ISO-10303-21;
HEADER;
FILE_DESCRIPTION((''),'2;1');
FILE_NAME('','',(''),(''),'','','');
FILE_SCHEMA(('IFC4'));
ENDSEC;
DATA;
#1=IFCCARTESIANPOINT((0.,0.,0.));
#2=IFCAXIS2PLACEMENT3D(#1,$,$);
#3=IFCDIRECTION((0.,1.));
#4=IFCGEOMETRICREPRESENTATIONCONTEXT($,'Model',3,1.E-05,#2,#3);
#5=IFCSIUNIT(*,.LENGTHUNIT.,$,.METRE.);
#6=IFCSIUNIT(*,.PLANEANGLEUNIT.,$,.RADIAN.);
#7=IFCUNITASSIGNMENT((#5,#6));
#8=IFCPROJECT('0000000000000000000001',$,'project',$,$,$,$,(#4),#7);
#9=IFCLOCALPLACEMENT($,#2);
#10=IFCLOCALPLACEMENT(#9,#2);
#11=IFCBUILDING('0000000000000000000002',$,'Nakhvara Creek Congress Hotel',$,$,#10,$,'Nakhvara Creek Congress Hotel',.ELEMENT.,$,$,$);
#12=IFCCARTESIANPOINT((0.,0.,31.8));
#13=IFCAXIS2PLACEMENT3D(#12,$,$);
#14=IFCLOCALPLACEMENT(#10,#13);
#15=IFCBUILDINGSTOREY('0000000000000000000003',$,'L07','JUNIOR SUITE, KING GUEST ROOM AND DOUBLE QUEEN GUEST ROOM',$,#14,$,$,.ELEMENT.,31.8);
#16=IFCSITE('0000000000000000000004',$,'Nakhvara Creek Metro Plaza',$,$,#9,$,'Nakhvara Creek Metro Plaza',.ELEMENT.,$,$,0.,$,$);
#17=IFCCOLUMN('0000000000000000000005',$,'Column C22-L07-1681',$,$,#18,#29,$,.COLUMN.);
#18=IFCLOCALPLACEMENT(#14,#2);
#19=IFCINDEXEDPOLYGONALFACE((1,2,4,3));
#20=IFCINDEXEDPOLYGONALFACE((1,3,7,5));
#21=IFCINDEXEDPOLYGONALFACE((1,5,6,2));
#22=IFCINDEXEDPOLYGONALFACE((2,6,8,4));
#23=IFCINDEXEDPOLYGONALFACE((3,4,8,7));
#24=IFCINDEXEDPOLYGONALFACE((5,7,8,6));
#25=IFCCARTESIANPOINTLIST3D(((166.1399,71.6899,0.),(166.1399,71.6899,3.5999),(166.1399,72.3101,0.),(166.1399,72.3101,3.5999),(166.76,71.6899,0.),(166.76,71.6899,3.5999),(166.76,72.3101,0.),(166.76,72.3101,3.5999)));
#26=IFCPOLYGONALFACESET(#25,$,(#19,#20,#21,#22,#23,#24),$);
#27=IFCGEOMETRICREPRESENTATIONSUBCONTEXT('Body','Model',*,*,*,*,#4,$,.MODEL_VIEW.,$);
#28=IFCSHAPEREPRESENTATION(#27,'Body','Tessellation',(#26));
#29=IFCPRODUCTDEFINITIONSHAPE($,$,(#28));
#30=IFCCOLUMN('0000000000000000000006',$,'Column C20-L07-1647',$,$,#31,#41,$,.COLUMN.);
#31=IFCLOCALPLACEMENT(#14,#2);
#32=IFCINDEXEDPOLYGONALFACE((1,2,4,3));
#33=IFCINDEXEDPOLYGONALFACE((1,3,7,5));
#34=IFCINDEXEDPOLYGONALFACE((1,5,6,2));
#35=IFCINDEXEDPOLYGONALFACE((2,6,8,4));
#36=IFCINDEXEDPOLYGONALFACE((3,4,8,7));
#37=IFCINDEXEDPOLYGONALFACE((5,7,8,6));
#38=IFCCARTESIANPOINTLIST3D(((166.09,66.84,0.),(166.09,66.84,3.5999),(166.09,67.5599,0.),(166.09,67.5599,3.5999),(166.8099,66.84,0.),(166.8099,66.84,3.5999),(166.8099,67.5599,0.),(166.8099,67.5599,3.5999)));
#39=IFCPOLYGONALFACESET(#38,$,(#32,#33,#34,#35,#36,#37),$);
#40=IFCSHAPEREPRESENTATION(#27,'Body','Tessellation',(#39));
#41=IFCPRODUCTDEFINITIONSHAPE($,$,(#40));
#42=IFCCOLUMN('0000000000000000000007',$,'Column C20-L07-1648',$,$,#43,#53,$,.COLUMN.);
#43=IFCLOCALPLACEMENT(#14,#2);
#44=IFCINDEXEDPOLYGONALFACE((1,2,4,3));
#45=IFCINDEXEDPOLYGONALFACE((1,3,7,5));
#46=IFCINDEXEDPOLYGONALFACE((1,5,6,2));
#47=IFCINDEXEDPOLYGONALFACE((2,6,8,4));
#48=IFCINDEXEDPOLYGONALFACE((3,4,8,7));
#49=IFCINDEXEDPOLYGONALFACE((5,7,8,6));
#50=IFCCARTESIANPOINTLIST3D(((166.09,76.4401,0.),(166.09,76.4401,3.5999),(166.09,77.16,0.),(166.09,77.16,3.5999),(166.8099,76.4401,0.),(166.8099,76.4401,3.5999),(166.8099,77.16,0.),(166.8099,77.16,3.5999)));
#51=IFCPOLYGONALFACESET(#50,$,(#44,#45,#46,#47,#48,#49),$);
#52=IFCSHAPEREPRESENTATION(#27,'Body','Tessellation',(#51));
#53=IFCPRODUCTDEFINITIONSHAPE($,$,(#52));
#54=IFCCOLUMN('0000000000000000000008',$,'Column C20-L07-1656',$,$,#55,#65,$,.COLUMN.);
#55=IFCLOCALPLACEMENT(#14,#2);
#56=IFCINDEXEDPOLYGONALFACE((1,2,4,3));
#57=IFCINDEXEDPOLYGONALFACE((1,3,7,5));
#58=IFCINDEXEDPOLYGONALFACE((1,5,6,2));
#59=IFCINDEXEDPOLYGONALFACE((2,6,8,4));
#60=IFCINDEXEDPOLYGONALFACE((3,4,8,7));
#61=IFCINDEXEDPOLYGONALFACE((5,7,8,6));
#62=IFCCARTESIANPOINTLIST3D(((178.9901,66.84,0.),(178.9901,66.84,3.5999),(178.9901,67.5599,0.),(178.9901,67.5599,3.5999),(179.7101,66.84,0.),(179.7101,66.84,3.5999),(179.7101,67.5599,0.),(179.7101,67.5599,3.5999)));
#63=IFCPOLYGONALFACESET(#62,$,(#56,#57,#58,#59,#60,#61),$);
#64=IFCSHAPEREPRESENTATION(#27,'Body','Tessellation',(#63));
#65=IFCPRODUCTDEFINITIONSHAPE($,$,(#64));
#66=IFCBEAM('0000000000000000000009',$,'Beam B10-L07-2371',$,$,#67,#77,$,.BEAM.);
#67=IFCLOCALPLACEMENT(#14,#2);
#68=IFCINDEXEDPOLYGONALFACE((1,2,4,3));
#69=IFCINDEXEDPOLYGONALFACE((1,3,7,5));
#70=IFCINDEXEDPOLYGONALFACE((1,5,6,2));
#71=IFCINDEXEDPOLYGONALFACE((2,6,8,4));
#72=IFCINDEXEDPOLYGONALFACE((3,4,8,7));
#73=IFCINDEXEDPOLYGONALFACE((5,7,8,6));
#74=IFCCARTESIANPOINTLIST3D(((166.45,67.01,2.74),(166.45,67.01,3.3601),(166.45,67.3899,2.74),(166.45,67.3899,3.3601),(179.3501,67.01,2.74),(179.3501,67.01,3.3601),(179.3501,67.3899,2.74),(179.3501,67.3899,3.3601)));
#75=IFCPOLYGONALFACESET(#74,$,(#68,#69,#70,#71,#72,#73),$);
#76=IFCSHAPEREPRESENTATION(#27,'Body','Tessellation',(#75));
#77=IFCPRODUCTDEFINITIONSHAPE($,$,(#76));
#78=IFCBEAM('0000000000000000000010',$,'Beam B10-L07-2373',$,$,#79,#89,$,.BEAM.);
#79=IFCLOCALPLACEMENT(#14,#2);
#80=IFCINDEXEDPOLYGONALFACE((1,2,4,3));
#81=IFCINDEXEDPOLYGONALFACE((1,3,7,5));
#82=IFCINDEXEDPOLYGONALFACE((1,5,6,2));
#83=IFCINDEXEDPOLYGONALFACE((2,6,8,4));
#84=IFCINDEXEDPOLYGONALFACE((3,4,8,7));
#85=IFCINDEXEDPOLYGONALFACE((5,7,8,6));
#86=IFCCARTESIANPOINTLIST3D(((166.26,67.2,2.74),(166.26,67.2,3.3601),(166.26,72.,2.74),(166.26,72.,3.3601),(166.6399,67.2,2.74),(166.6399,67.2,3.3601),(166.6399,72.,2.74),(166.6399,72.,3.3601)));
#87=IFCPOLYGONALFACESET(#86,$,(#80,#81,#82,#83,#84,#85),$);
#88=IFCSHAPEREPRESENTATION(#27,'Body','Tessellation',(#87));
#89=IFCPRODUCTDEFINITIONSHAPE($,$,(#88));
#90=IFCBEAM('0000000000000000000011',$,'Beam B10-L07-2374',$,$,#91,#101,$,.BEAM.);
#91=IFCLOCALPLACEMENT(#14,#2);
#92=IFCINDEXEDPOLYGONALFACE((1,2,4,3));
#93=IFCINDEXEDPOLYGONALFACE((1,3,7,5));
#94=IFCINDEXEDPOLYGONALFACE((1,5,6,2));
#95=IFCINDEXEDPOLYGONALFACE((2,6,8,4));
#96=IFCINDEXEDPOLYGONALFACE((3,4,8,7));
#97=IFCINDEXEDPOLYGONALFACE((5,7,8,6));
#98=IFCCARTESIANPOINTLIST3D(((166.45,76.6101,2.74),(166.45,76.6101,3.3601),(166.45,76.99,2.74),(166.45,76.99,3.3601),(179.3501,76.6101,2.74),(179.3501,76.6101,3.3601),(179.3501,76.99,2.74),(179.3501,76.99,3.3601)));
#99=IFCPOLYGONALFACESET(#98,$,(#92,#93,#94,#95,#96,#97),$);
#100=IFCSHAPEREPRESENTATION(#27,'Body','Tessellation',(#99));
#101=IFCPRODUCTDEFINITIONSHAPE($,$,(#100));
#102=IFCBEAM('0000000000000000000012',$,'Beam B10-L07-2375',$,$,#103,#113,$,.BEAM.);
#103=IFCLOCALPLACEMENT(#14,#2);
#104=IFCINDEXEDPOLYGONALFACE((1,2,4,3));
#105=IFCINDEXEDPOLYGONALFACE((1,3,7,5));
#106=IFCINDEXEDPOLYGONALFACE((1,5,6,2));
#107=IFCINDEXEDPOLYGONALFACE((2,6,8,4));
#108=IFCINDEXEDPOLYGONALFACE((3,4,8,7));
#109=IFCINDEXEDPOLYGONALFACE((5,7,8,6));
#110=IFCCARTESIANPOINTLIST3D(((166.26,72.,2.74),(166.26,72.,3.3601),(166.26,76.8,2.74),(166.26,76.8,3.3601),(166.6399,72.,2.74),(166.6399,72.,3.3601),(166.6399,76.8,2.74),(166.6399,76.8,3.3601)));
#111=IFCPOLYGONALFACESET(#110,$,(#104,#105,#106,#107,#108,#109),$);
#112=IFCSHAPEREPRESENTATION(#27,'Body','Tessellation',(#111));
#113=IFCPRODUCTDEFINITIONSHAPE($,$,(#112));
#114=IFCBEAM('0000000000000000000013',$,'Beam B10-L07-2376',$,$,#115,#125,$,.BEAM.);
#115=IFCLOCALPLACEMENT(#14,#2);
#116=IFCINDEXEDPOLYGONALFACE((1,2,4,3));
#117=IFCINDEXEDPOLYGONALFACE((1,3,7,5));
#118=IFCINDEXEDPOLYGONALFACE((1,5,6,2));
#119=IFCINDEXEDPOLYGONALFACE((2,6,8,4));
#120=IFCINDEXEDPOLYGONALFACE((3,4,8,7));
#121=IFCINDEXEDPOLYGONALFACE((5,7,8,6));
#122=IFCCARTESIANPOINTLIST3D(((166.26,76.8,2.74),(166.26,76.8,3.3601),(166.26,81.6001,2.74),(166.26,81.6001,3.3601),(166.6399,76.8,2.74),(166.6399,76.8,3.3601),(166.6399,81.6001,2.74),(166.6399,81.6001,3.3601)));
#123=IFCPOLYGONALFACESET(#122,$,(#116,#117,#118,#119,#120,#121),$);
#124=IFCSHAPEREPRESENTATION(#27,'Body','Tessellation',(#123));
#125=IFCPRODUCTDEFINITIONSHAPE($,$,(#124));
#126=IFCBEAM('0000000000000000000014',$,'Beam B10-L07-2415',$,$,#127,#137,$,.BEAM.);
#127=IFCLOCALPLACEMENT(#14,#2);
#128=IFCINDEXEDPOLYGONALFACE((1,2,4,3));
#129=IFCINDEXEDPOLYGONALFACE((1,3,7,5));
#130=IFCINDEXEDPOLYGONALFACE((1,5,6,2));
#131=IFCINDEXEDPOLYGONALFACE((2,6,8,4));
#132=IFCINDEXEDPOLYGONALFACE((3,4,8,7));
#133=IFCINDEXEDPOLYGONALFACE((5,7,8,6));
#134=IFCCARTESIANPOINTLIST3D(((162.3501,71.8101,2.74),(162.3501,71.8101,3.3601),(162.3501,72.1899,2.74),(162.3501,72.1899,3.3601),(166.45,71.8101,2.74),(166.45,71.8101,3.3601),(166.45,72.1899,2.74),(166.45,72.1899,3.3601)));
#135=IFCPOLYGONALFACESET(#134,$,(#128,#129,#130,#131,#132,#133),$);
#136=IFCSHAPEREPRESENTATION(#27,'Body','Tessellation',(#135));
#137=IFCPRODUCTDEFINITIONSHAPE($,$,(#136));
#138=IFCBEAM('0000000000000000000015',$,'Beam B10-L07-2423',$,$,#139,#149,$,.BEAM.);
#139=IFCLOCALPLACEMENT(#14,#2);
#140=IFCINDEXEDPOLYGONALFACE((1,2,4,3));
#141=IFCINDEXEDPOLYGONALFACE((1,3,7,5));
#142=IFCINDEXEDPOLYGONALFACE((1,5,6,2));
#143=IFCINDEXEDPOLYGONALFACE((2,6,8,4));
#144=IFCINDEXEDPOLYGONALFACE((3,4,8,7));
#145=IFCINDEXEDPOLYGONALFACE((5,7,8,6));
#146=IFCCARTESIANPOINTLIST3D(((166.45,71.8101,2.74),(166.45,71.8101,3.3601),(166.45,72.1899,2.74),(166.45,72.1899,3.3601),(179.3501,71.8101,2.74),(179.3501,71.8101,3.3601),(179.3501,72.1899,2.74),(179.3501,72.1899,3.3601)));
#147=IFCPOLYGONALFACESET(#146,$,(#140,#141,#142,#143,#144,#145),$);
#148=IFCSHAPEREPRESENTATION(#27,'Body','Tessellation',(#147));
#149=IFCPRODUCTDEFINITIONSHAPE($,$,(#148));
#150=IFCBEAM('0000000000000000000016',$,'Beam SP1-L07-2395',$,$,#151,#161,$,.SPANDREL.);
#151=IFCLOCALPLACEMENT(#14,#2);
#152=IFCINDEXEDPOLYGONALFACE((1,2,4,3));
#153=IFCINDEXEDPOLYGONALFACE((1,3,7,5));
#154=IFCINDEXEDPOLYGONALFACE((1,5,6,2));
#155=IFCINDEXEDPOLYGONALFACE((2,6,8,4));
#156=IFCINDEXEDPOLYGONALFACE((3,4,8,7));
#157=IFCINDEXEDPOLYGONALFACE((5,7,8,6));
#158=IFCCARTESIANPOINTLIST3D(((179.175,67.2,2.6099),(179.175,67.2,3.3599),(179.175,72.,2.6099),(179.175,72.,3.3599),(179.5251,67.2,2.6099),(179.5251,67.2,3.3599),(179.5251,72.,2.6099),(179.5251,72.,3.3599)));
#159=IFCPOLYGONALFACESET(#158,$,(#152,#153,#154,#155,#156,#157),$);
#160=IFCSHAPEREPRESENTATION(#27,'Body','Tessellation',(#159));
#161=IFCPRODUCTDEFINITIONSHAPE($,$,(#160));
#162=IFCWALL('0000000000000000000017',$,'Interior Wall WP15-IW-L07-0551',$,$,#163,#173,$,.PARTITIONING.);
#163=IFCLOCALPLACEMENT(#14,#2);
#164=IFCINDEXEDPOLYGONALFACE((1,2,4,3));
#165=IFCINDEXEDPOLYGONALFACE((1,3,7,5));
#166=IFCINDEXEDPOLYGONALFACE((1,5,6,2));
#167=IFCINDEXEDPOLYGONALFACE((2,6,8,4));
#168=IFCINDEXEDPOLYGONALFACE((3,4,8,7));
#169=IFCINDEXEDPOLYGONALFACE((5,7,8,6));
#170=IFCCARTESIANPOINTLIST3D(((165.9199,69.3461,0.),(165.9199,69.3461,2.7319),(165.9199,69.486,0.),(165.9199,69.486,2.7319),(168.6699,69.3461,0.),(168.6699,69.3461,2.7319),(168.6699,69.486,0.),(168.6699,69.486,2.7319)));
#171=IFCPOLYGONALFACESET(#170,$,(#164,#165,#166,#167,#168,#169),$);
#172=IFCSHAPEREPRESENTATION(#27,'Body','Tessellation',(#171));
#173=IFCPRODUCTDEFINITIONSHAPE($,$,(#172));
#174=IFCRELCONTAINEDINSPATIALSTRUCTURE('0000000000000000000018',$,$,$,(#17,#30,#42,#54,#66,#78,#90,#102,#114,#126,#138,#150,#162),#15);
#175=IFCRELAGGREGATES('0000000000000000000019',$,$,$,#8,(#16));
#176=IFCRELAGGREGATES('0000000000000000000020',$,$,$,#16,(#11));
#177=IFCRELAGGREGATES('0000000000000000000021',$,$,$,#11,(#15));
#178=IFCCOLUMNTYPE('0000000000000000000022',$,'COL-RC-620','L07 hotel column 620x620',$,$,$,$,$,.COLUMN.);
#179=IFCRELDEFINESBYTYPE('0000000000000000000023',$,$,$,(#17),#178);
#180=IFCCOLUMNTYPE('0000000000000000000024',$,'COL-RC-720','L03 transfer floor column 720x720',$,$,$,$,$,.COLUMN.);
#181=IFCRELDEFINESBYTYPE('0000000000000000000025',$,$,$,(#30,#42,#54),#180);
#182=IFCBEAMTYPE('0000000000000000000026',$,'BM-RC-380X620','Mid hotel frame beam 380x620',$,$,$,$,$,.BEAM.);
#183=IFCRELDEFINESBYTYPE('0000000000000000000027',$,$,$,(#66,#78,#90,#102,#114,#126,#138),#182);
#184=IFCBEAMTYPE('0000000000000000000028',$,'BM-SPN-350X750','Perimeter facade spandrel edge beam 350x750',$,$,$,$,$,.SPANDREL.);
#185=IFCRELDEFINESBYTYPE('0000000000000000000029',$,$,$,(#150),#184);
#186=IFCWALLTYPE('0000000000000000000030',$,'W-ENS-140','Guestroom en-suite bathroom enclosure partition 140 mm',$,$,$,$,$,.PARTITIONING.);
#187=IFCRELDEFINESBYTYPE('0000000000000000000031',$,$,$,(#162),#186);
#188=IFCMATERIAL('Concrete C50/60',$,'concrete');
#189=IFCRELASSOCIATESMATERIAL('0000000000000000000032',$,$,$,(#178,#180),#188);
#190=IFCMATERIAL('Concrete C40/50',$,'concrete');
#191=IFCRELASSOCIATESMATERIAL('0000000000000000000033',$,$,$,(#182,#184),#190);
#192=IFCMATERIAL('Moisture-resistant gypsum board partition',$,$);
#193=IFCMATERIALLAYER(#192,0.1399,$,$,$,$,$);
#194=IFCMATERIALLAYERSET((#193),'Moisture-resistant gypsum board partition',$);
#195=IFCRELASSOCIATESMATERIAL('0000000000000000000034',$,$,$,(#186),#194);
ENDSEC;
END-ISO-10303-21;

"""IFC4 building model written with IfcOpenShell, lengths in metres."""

from ifc_helpers import new_model, si_unit, direction, frame, frame_2d, origin, origin_2d, place, context, subcontext, project, spatial, rectangle, extrude, material, layer, layer_set, material_profile, profile_set, type_object, element, save


model = new_model("IFC4")

# Units and contexts
model_context = context("Model", 3, precision=1e-05, world=origin(), true_north=direction((0.0, 1.0)))
body_context = subcontext(model_context, "Body", "Model", "MODEL_VIEW")
ifc_project = project(units=[si_unit("LENGTHUNIT", "METRE"), si_unit("PLANEANGLEUNIT", "RADIAN")], contexts=[model_context])

# Site, building, storey
site_placement = place(None, origin())
site = spatial("IfcSite", under=ifc_project, at=site_placement, Name="Nakhvara Creek Metro Plaza", LongName="Nakhvara Creek Metro Plaza", CompositionType="ELEMENT", RefElevation=0.0)
building_placement = place(site_placement, origin())
building = spatial("IfcBuilding", under=site, at=building_placement, Name="Nakhvara Creek Congress Hotel", LongName="Nakhvara Creek Congress Hotel", CompositionType="ELEMENT")
storey_placement = place(building_placement, frame((0.0, 0.0, 31.8)))
storey = spatial("IfcBuildingStorey", under=building, at=storey_placement, Name="L07", Description="JUNIOR SUITE, KING GUEST ROOM AND DOUBLE QUEEN GUEST ROOM", CompositionType="ELEMENT", Elevation=31.8)

# Columns
ifc_material_1 = material(Name="Concrete C50/60", Category="concrete")
ifc_material_profile_1 = material_profile(ifc_material_1, rectangle(XDim=0.6201, YDim=0.6201, at=origin_2d()), Name="RC-COL 620x620", Category="LoadBearing")
ifc_profile_set_1 = profile_set([ifc_material_profile_1], Name="Concrete C50/60")
column_type_1 = type_object("IfcColumnType", Name="COL-RC-620", Description="L07 hotel column 620x620", PredefinedType="COLUMN", material=ifc_profile_set_1)
column_placement = place(storey_placement, frame((166.45, 72.0, 0.0), z_axis=(0.0, 0.0, 1.0), x_axis=(1.0, 0.0, 0.0)))
element("IfcColumn", 1, at=column_placement, inside=storey, type_object=column_type_1, Name="Column C22-L07-1681", PredefinedType="COLUMN", context=body_context, shape_type="SweptSolid", body=[
    extrude(rectangle(XDim=0.6201, YDim=0.6201, at=origin_2d()), origin(), (0.0, 0.0, 1.0), 3.5999),
])
ifc_material_profile_2 = material_profile(ifc_material_1, rectangle(XDim=0.72, YDim=0.72, at=origin_2d()), Name="RC-COL 720x720", Category="LoadBearing")
ifc_profile_set_2 = profile_set([ifc_material_profile_2], Name="Concrete C50/60")
column_type_2 = type_object("IfcColumnType", Name="COL-RC-720", Description="L03 transfer floor column 720x720", PredefinedType="COLUMN", material=ifc_profile_set_2)
for number, where, z_axis, x_axis, name in (
    (2, (166.45, 67.2, 0.0), (0.0, 0.0, 1.0), (1.0, 0.0, 0.0), "Column C20-L07-1647"),
    (3, (166.45, 76.8, 0.0), (0.0, 0.0, 1.0), (1.0, 0.0, 0.0), "Column C20-L07-1648"),
    (4, (179.3501, 67.2, 0.0), (0.0, 0.0, 1.0), (1.0, 0.0, 0.0), "Column C20-L07-1656"),
):
    element("IfcColumn", number, at=place(storey_placement, frame(where, z_axis=z_axis, x_axis=x_axis)), inside=storey, type_object=column_type_2, Name=name, PredefinedType="COLUMN", context=body_context, shape_type="SweptSolid", body=[
        extrude(rectangle(XDim=0.72, YDim=0.72, at=origin_2d()), origin(), (0.0, 0.0, 1.0), 3.5999),
    ])

# Beams
ifc_material_2 = material(Name="Concrete C40/50", Category="concrete")
ifc_material_profile_3 = material_profile(ifc_material_2, rectangle(XDim=0.3799, YDim=0.6201, at=origin_2d()), Name="RC-BM 380x620", Category="LoadBearing")
ifc_profile_set_3 = profile_set([ifc_material_profile_3], Name="Concrete C40/50")
beam_type_1 = type_object("IfcBeamType", Name="BM-RC-380X620", Description="Mid hotel frame beam 380x620", PredefinedType="BEAM", material=ifc_profile_set_3)
beam_1_placement = place(storey_placement, frame((166.45, 67.2, 3.05), z_axis=(1.0, 0.0, 0.0), x_axis=(0.0, 1.0, 0.0)))
element("IfcBeam", 5, at=beam_1_placement, inside=storey, type_object=beam_type_1, Name="Beam B10-L07-2371", PredefinedType="BEAM", context=body_context, shape_type="SweptSolid", body=[
    extrude(rectangle(XDim=0.3799, YDim=0.6201, at=origin_2d()), origin(), (0.0, 0.0, 1.0), 12.9001),
])
beam_2_placement = place(storey_placement, frame((166.45, 67.2, 3.05), z_axis=(0.0, 1.0, 0.0), x_axis=(-1.0, 0.0, 0.0)))
element("IfcBeam", 6, at=beam_2_placement, inside=storey, type_object=beam_type_1, Name="Beam B10-L07-2373", PredefinedType="BEAM", context=body_context, shape_type="SweptSolid", body=[
    extrude(rectangle(XDim=0.3799, YDim=0.6201, at=origin_2d()), origin(), (0.0, 0.0, 1.0), 4.8),
])
beam_3_placement = place(storey_placement, frame((166.45, 76.8, 3.05), z_axis=(1.0, 0.0, 0.0), x_axis=(0.0, 1.0, 0.0)))
element("IfcBeam", 7, at=beam_3_placement, inside=storey, type_object=beam_type_1, Name="Beam B10-L07-2374", PredefinedType="BEAM", context=body_context, shape_type="SweptSolid", body=[
    extrude(rectangle(XDim=0.3799, YDim=0.6201, at=origin_2d()), origin(), (0.0, 0.0, 1.0), 12.9001),
])
for number, where, z_axis, x_axis, name in (
    (8, (166.45, 72.0, 3.05), (0.0, 1.0, 0.0), (-1.0, 0.0, 0.0), "Beam B10-L07-2375"),
    (9, (166.45, 76.8, 3.05), (0.0, 1.0, 0.0), (-1.0, 0.0, 0.0), "Beam B10-L07-2376"),
):
    element("IfcBeam", number, at=place(storey_placement, frame(where, z_axis=z_axis, x_axis=x_axis)), inside=storey, type_object=beam_type_1, Name=name, PredefinedType="BEAM", context=body_context, shape_type="SweptSolid", body=[
        extrude(rectangle(XDim=0.3799, YDim=0.6201, at=origin_2d()), origin(), (0.0, 0.0, 1.0), 4.8),
    ])
beam_4_placement = place(storey_placement, frame((162.3501, 72.0, 3.05), z_axis=(1.0, 0.0, 0.0), x_axis=(0.0, 1.0, 0.0)))
element("IfcBeam", 10, at=beam_4_placement, inside=storey, type_object=beam_type_1, Name="Beam B10-L07-2415", PredefinedType="BEAM", context=body_context, shape_type="SweptSolid", body=[
    extrude(rectangle(XDim=0.3799, YDim=0.6201, at=origin_2d()), origin(), (0.0, 0.0, 1.0), 4.0999),
])
beam_5_placement = place(storey_placement, frame((166.45, 72.0, 3.05), z_axis=(1.0, 0.0, 0.0), x_axis=(0.0, 1.0, 0.0)))
element("IfcBeam", 11, at=beam_5_placement, inside=storey, type_object=beam_type_1, Name="Beam B10-L07-2423", PredefinedType="BEAM", context=body_context, shape_type="SweptSolid", body=[
    extrude(rectangle(XDim=0.3799, YDim=0.6201, at=origin_2d()), origin(), (0.0, 0.0, 1.0), 12.9001),
])
ifc_material_profile_4 = material_profile(ifc_material_2, rectangle(XDim=0.3501, YDim=0.75, at=origin_2d()), Name="RC-SPANDREL 350x750", Category="LoadBearing")
ifc_profile_set_4 = profile_set([ifc_material_profile_4], Name="Concrete C40/50")
beam_type_2 = type_object("IfcBeamType", Name="BM-SPN-350X750", Description="Perimeter facade spandrel edge beam 350x750", PredefinedType="SPANDREL", material=ifc_profile_set_4)
beam_6_placement = place(storey_placement, frame((179.3501, 67.2, 2.9849), z_axis=(0.0, 1.0, 0.0), x_axis=(-1.0, 0.0, 0.0)))
element("IfcBeam", 12, at=beam_6_placement, inside=storey, type_object=beam_type_2, Name="Beam SP1-L07-2395", PredefinedType="SPANDREL", context=body_context, shape_type="SweptSolid", body=[
    extrude(rectangle(XDim=0.3501, YDim=0.75, at=origin_2d()), origin(), (0.0, 0.0, 1.0), 4.8),
])

# Shared definitions
ifc_material_3 = material(Name="Moisture-resistant gypsum board partition")
ifc_layer_1 = layer(ifc_material_3, 0.1399)
ifc_layer_set_1 = layer_set([ifc_layer_1], Name="Moisture-resistant gypsum board partition")
wall_type_1 = type_object("IfcWallType", Name="W-ENS-140", Description="Guestroom en-suite bathroom enclosure partition 140 mm", PredefinedType="PARTITIONING", material=ifc_layer_set_1)

# Wall
wall_1_placement = place(storey_placement, frame((165.9199, 69.416, 0.0), z_axis=(0.0, 0.0, 1.0), x_axis=(1.0, 0.0, 0.0)))
element("IfcWall", 13, at=wall_1_placement, inside=storey, type_object=wall_type_1, Name="Interior Wall WP15-IW-L07-0551", PredefinedType="PARTITIONING", context=body_context, shape_type="SweptSolid", body=[
    extrude(rectangle(XDim=2.75, YDim=0.1399, at=frame_2d((1.375, 0.0))), origin(), (0.0, 0.0, 1.0), 2.7319),
])

save(model, "model.ifc")
